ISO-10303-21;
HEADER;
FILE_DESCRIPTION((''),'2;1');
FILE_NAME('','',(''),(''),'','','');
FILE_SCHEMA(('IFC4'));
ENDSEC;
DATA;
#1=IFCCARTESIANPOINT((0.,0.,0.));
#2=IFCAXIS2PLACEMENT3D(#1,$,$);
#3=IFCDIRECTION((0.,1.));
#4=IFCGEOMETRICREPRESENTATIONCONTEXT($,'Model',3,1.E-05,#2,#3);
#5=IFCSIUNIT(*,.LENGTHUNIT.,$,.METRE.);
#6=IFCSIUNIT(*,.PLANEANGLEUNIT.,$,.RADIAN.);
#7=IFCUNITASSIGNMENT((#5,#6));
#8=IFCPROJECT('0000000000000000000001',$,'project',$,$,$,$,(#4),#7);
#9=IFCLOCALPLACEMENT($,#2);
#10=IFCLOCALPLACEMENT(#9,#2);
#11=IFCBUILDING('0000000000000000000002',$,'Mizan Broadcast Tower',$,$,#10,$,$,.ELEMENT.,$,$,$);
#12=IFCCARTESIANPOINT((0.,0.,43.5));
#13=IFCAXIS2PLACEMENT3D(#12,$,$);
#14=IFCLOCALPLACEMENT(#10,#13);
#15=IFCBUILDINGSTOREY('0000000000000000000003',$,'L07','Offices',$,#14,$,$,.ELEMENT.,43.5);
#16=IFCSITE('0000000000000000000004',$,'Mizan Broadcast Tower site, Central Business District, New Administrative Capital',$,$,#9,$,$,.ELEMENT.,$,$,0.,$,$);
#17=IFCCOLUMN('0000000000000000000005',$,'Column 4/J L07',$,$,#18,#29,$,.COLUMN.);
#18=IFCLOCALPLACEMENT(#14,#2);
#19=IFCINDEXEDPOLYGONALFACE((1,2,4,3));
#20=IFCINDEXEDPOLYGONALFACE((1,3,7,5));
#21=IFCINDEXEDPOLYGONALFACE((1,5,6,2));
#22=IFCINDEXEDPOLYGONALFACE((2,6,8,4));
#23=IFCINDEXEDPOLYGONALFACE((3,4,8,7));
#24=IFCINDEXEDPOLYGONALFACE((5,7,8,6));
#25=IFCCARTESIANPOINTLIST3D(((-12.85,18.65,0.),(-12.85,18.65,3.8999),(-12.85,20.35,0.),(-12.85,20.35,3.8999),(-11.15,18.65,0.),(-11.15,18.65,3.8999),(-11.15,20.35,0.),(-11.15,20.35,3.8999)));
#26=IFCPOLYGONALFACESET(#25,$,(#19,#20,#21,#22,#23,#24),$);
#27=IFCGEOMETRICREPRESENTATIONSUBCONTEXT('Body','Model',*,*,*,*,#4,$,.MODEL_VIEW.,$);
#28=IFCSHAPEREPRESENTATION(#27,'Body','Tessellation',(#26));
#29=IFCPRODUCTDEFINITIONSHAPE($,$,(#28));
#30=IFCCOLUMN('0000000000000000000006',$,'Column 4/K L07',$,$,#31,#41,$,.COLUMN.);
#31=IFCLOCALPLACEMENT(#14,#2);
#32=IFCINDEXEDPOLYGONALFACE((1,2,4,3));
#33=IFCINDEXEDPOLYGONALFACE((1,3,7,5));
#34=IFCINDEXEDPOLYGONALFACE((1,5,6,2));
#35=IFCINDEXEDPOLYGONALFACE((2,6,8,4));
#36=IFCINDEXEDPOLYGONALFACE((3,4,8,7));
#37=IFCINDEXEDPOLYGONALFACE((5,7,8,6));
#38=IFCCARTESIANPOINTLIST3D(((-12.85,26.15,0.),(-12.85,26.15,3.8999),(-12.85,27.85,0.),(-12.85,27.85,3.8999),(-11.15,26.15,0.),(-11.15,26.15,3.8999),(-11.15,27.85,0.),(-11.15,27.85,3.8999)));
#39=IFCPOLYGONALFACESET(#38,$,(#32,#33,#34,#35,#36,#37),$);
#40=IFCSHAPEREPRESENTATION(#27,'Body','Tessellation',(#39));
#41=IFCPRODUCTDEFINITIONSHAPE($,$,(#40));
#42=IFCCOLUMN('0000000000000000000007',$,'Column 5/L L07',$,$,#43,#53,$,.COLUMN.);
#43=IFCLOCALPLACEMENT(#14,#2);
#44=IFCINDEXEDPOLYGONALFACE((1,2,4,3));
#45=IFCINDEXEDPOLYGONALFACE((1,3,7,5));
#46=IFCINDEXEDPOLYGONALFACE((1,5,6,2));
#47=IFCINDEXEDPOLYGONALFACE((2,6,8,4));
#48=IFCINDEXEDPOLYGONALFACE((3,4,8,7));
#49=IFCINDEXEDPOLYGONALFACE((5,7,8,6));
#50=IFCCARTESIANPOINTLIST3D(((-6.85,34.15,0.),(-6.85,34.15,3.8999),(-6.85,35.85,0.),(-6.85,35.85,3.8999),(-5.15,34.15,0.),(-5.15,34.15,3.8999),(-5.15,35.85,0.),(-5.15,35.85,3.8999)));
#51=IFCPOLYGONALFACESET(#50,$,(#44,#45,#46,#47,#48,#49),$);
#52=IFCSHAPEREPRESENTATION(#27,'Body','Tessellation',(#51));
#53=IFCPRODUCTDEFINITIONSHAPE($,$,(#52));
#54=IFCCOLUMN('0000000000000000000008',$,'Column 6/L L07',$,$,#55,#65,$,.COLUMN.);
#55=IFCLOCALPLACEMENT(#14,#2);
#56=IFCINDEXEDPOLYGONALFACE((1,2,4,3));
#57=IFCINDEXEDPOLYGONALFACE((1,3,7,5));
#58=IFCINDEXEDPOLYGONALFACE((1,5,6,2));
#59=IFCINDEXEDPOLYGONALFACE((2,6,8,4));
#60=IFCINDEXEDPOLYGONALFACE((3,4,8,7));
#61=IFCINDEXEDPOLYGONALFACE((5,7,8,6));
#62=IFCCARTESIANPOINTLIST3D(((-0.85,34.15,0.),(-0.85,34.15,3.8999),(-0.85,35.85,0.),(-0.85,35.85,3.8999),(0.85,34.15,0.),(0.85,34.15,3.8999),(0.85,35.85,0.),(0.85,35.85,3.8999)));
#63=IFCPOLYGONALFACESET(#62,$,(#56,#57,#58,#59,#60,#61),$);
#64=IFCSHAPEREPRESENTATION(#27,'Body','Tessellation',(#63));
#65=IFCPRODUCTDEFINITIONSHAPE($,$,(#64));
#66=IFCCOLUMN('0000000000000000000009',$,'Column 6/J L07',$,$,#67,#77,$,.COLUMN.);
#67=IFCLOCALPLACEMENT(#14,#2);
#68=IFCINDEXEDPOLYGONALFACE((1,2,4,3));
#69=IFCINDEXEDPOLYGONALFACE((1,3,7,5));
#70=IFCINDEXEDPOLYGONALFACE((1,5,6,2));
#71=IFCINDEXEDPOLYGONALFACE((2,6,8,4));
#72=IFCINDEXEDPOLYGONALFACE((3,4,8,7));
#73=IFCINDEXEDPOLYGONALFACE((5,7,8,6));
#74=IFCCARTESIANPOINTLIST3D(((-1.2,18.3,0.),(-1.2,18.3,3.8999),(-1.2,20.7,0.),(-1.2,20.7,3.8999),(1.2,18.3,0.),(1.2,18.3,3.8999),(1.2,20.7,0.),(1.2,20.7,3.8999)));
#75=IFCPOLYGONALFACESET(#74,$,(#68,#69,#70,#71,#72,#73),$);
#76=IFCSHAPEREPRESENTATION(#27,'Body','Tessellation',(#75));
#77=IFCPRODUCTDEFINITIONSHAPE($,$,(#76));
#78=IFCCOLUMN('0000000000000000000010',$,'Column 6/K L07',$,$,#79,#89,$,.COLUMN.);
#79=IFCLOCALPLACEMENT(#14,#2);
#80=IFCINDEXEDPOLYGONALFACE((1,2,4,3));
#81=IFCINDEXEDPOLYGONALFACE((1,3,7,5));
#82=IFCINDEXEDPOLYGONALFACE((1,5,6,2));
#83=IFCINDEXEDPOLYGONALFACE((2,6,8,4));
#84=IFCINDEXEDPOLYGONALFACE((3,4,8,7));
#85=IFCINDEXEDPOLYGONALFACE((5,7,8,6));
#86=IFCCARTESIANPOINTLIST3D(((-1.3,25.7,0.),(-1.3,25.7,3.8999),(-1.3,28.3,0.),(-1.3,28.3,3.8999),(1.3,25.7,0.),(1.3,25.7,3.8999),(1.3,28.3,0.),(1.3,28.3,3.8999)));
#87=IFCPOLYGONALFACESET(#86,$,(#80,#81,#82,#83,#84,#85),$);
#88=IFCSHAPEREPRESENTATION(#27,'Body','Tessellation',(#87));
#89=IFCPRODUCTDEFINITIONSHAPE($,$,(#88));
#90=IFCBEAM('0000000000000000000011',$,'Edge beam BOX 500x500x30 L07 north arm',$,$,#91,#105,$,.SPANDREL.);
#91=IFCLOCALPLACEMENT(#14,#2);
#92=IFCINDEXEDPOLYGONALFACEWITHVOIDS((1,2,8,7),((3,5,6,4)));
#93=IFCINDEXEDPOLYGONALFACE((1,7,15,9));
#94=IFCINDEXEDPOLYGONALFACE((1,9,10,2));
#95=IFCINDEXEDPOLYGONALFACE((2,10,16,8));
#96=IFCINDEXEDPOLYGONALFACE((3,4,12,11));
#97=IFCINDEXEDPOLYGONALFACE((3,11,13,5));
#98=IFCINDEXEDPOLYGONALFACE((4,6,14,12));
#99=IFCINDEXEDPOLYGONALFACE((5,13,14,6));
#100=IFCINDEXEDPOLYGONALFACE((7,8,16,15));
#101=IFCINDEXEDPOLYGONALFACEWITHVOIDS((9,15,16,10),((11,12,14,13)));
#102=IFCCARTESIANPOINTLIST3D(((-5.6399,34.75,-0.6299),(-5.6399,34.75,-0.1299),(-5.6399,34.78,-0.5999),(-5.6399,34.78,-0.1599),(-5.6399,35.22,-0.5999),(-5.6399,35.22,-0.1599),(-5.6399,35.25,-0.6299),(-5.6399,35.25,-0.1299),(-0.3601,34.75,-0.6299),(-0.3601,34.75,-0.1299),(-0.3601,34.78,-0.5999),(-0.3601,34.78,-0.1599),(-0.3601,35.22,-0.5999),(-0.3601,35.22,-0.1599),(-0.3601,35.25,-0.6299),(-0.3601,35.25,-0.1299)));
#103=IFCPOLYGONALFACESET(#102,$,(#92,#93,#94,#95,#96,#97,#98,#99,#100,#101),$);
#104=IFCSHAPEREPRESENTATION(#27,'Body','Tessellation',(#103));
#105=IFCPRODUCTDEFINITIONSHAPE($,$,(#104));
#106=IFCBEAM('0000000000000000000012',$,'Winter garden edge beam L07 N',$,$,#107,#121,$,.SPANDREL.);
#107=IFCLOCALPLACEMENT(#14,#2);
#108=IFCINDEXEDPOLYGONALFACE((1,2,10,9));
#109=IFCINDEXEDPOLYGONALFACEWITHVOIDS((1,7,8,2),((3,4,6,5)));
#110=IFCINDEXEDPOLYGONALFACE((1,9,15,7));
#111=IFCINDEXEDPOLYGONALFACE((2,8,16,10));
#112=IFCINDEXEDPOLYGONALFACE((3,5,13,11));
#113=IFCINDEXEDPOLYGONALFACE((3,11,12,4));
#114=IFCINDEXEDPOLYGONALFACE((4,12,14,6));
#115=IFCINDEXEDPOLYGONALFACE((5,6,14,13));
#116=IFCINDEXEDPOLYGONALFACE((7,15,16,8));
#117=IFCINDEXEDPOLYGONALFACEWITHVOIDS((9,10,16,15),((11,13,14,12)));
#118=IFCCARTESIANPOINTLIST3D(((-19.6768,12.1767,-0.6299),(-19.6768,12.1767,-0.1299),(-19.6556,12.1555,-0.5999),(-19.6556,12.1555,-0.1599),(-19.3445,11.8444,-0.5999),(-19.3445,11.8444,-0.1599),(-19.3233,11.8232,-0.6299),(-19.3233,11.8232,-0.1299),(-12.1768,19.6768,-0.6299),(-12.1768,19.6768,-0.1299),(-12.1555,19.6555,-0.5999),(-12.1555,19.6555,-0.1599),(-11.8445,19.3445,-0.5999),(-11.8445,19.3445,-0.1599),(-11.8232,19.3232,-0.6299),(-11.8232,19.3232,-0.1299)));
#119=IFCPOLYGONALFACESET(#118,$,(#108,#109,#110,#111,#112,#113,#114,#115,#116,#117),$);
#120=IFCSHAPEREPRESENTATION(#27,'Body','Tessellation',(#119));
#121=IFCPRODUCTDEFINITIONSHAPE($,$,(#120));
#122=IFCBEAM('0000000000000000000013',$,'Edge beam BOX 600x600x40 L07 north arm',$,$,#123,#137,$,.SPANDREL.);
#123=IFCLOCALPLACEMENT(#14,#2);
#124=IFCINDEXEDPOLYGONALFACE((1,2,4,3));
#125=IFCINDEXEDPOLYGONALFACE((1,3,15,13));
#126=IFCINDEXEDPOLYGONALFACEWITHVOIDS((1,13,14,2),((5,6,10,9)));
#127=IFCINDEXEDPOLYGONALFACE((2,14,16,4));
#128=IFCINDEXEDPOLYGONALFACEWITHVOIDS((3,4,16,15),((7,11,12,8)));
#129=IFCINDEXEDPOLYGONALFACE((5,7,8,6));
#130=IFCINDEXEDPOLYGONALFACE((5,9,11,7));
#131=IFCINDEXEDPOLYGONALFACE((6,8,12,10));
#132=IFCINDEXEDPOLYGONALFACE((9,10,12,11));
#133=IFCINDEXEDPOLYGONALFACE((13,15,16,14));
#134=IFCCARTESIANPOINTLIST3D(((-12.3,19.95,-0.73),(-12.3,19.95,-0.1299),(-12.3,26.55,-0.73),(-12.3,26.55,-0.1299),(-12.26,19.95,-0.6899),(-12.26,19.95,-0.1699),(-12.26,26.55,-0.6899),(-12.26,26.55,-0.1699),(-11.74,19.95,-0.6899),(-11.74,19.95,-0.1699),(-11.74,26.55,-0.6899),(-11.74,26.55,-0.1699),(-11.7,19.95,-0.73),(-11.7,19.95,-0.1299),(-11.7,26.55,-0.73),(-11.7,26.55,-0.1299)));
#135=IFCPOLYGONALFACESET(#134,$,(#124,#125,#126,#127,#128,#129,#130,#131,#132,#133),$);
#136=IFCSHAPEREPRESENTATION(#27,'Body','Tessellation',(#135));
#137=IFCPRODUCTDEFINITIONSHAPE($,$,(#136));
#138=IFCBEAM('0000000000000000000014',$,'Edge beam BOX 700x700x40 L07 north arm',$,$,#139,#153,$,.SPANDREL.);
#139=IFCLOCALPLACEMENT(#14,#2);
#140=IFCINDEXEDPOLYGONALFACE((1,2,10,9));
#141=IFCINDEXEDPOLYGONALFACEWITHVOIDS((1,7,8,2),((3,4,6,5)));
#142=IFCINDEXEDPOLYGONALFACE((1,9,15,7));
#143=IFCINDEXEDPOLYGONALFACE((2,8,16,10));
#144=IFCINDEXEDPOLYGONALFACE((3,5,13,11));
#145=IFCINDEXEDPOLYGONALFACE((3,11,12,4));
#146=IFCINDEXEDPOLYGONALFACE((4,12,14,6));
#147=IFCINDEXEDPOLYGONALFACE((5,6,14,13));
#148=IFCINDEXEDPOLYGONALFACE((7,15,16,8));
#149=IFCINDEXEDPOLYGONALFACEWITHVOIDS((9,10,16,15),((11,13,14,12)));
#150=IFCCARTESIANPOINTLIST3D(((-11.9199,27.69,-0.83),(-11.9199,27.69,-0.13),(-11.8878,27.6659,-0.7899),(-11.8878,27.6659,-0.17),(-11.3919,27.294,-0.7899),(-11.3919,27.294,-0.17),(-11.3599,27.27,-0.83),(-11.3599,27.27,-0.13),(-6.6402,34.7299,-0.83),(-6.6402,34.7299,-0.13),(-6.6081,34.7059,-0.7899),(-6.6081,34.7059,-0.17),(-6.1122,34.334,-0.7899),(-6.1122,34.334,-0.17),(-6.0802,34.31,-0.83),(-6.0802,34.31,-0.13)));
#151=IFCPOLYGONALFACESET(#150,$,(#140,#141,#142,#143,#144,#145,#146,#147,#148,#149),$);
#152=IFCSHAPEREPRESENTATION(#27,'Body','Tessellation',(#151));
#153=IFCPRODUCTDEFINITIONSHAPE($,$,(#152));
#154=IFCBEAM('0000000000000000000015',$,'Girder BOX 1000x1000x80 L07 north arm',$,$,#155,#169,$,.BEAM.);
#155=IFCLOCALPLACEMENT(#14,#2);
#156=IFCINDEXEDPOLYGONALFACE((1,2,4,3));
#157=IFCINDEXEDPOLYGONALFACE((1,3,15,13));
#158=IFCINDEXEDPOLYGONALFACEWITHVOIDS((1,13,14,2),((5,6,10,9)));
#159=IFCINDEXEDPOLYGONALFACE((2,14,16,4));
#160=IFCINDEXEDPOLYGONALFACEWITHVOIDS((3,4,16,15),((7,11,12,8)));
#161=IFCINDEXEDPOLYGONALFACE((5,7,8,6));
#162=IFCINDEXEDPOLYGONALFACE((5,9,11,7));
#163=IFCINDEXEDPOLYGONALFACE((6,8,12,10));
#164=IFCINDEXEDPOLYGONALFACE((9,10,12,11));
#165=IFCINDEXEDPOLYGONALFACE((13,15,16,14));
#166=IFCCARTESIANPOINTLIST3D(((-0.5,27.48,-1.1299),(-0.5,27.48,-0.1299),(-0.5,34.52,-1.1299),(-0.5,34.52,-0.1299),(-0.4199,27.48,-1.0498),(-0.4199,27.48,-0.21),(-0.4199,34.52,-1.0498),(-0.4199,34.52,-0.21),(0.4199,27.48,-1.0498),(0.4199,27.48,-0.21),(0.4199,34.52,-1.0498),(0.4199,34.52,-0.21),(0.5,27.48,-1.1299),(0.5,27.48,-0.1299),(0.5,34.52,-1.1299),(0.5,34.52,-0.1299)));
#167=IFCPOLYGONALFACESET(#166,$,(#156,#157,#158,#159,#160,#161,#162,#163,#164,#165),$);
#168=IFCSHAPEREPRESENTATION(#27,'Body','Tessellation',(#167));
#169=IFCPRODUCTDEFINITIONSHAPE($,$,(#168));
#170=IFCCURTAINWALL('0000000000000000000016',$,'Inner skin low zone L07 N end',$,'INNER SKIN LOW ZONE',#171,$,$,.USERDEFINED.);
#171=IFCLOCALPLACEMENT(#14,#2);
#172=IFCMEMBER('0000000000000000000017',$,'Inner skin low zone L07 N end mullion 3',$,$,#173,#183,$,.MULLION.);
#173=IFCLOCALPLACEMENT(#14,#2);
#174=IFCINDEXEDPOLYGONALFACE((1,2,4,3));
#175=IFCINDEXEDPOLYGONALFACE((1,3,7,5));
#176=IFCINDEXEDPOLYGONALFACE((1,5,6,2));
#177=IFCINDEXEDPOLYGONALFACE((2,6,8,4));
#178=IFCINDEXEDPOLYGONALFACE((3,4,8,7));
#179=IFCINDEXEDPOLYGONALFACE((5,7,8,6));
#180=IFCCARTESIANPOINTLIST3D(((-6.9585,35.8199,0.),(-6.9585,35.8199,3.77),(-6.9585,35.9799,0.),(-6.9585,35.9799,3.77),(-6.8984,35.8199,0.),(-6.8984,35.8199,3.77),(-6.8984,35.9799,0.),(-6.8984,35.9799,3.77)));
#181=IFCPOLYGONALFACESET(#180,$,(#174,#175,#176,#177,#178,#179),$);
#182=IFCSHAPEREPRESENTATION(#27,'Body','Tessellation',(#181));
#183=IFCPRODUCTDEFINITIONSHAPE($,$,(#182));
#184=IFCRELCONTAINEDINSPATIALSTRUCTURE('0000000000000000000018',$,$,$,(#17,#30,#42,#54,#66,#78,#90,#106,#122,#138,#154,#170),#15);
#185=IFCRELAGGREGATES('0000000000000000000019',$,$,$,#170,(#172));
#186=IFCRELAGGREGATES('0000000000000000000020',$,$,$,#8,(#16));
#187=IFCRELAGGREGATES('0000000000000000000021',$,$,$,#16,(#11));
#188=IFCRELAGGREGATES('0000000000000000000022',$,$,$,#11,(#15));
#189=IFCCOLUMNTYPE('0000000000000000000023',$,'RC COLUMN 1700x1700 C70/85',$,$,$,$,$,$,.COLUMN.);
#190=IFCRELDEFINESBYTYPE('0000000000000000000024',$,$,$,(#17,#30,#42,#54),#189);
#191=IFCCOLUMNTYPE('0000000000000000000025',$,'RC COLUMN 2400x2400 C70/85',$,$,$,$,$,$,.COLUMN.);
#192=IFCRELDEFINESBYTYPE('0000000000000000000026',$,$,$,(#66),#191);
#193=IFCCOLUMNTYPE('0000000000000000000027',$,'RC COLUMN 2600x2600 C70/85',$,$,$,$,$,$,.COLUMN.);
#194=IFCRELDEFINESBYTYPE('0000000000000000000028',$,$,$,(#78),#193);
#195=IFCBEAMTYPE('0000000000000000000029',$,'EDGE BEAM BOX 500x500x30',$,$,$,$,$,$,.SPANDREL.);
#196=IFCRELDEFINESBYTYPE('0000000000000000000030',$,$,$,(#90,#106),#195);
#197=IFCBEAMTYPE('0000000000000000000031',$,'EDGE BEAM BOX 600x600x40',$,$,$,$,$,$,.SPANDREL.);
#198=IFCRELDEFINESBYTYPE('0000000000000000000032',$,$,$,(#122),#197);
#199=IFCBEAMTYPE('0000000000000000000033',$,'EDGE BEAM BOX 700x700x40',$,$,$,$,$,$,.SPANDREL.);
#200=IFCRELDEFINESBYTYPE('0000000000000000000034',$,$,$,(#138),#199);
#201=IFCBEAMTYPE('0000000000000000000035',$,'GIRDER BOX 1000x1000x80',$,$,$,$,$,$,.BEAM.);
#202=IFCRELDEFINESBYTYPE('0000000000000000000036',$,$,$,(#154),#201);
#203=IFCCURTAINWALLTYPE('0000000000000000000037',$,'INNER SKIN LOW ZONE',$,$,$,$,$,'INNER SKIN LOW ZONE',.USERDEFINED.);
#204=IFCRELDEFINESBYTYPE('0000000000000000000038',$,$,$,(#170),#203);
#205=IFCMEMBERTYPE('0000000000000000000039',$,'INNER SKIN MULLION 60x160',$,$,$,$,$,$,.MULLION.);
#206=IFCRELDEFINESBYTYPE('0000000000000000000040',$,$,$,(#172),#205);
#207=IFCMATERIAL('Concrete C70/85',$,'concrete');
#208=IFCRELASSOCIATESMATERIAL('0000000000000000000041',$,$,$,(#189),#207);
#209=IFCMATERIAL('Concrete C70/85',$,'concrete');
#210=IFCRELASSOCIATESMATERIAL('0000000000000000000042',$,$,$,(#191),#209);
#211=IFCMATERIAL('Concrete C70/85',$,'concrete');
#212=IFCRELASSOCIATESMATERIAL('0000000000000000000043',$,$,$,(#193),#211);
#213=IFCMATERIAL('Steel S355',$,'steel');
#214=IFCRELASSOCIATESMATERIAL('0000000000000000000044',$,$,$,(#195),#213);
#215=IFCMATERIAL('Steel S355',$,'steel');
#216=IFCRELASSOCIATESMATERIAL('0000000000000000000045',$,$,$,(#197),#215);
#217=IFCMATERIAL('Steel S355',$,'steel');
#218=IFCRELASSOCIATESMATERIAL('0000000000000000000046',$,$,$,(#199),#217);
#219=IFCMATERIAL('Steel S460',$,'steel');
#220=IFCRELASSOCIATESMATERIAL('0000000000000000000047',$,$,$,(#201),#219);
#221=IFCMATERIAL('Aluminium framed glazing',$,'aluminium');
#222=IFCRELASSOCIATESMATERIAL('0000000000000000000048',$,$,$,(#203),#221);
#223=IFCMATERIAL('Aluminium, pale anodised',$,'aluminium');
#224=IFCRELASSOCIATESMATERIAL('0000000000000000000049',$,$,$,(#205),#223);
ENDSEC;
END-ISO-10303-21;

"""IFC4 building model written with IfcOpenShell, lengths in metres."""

from ifc_helpers import new_model, si_unit, direction, frame, origin, origin_2d, place, context, subcontext, project, spatial, rectangle, hollow_rectangle, extrude, material, material_profile, profile_set, type_object, element, aggregate, save


model = new_model("IFC4")

# Units and contexts
model_context = context("Model", 3, precision=1e-05, world=origin(), true_north=direction((0.0, 1.0)))
body_context = subcontext(model_context, "Body", "Model", "MODEL_VIEW")
ifc_project = project(units=[si_unit("LENGTHUNIT", "METRE"), si_unit("PLANEANGLEUNIT", "RADIAN")], contexts=[model_context])

# Site, building, storey
site_placement = place(None, origin())
site = spatial("IfcSite", under=ifc_project, at=site_placement, Name="Mizan Broadcast Tower site, Central Business District, New Administrative Capital", CompositionType="ELEMENT", RefElevation=0.0)
building_placement = place(site_placement, origin())
building = spatial("IfcBuilding", under=site, at=building_placement, Name="Mizan Broadcast Tower", CompositionType="ELEMENT")
storey_placement = place(building_placement, frame((0.0, 0.0, 43.5)))
storey = spatial("IfcBuildingStorey", under=building, at=storey_placement, Name="L07", Description="Offices", CompositionType="ELEMENT", Elevation=43.5)

# Columns
ifc_material_1 = material(Name="Concrete C70/85", Category="concrete")
ifc_material_profile_1 = material_profile(ifc_material_1, rectangle(XDim=1.7, YDim=1.7, at=origin_2d()), Name="RC 1700x1700")
ifc_profile_set_1 = profile_set([ifc_material_profile_1], Name="Concrete C70/85")
column_type_1 = type_object("IfcColumnType", Name="RC COLUMN 1700x1700 C70/85", PredefinedType="COLUMN", material=ifc_profile_set_1)
for number, where, z_axis, x_axis, name in (
    (1, (-12.0, 19.5, 0.0), (0.0, 0.0, 1.0), (1.0, 0.0, 0.0), "Column 4/J L07"),
    (2, (-12.0, 27.0, 0.0), (0.0, 0.0, 1.0), (1.0, 0.0, 0.0), "Column 4/K L07"),
    (3, (-6.0, 35.0, 0.0), (0.0, 0.0, 1.0), (1.0, 0.0, 0.0), "Column 5/L L07"),
    (4, (0.0, 35.0, 0.0), (0.0, 0.0, 1.0), (1.0, 0.0, 0.0), "Column 6/L L07"),
):
    element("IfcColumn", number, at=place(storey_placement, frame(where, z_axis=z_axis, x_axis=x_axis)), inside=storey, type_object=column_type_1, Name=name, PredefinedType="COLUMN", context=body_context, shape_type="SweptSolid", body=[
        extrude(rectangle(XDim=1.7, YDim=1.7, at=origin_2d()), origin(), (0.0, 0.0, 1.0), 3.8999),
    ])
ifc_material_2 = material(Name="Concrete C70/85", Category="concrete")
ifc_material_profile_2 = material_profile(ifc_material_2, rectangle(XDim=2.3999, YDim=2.3999, at=origin_2d()), Name="RC 2400x2400")
ifc_profile_set_2 = profile_set([ifc_material_profile_2], Name="Concrete C70/85")
column_type_2 = type_object("IfcColumnType", Name="RC COLUMN 2400x2400 C70/85", PredefinedType="COLUMN", material=ifc_profile_set_2)
column_1_placement = place(storey_placement, frame((0.0, 19.5, 0.0), z_axis=(0.0, 0.0, 1.0), x_axis=(1.0, 0.0, 0.0)))
element("IfcColumn", 5, at=column_1_placement, inside=storey, type_object=column_type_2, Name="Column 6/J L07", PredefinedType="COLUMN", context=body_context, shape_type="SweptSolid", body=[
    extrude(rectangle(XDim=2.3999, YDim=2.3999, at=origin_2d()), origin(), (0.0, 0.0, 1.0), 3.8999),
])
ifc_material_3 = material(Name="Concrete C70/85", Category="concrete")
ifc_material_profile_3 = material_profile(ifc_material_3, rectangle(XDim=2.6001, YDim=2.6001, at=origin_2d()), Name="RC 2600x2600")
ifc_profile_set_3 = profile_set([ifc_material_profile_3], Name="Concrete C70/85")
column_type_3 = type_object("IfcColumnType", Name="RC COLUMN 2600x2600 C70/85", PredefinedType="COLUMN", material=ifc_profile_set_3)
column_2_placement = place(storey_placement, frame((0.0, 27.0, 0.0), z_axis=(0.0, 0.0, 1.0), x_axis=(1.0, 0.0, 0.0)))
element("IfcColumn", 6, at=column_2_placement, inside=storey, type_object=column_type_3, Name="Column 6/K L07", PredefinedType="COLUMN", context=body_context, shape_type="SweptSolid", body=[
    extrude(rectangle(XDim=2.6001, YDim=2.6001, at=origin_2d()), origin(), (0.0, 0.0, 1.0), 3.8999),
])

# Beams
ifc_material_4 = material(Name="Steel S355", Category="steel")
ifc_material_profile_4 = material_profile(ifc_material_4, hollow_rectangle(XDim=0.5, YDim=0.5, WallThickness=0.03, at=origin_2d()), Name="BOX 500x500x30")
ifc_profile_set_4 = profile_set([ifc_material_profile_4], Name="Steel S355")
beam_type_1 = type_object("IfcBeamType", Name="EDGE BEAM BOX 500x500x30", PredefinedType="SPANDREL", material=ifc_profile_set_4)
beam_1_placement = place(storey_placement, frame((-5.6399, 35.0, -0.3799), z_axis=(1.0, 0.0, 0.0), x_axis=(0.0, 1.0, 0.0)))
element("IfcBeam", 7, at=beam_1_placement, inside=storey, type_object=beam_type_1, Name="Edge beam BOX 500x500x30 L07 north arm", PredefinedType="SPANDREL", context=body_context, shape_type="SweptSolid", body=[
    extrude(hollow_rectangle(XDim=0.5, YDim=0.5, WallThickness=0.03, at=origin_2d()), origin(), (0.0, 0.0, 1.0), 5.2798),
])
beam_2_placement = place(storey_placement, frame((-12.0, 19.5, -0.3799), z_axis=(-0.707107, -0.707107, 0.0), x_axis=(0.707107, -0.707107, 0.0)))
element("IfcBeam", 8, at=beam_2_placement, inside=storey, type_object=beam_type_1, Name="Winter garden edge beam L07 N", PredefinedType="SPANDREL", context=body_context, shape_type="SweptSolid", body=[
    extrude(hollow_rectangle(XDim=0.5, YDim=0.5, WallThickness=0.03, at=origin_2d()), origin(), (0.0, 0.0, 1.0), 10.6067),
])
ifc_material_5 = material(Name="Steel S355", Category="steel")
ifc_material_profile_5 = material_profile(ifc_material_5, hollow_rectangle(XDim=0.6001, YDim=0.6001, WallThickness=0.04, at=origin_2d()), Name="BOX 600x600x40")
ifc_profile_set_5 = profile_set([ifc_material_profile_5], Name="Steel S355")
beam_type_2 = type_object("IfcBeamType", Name="EDGE BEAM BOX 600x600x40", PredefinedType="SPANDREL", material=ifc_profile_set_5)
beam_3_placement = place(storey_placement, frame((-12.0, 19.95, -0.4299), z_axis=(0.0, 1.0, 0.0), x_axis=(-1.0, 0.0, 0.0)))
element("IfcBeam", 9, at=beam_3_placement, inside=storey, type_object=beam_type_2, Name="Edge beam BOX 600x600x40 L07 north arm", PredefinedType="SPANDREL", context=body_context, shape_type="SweptSolid", body=[
    extrude(hollow_rectangle(XDim=0.6001, YDim=0.6001, WallThickness=0.04, at=origin_2d()), origin(), (0.0, 0.0, 1.0), 6.6001),
])
ifc_material_6 = material(Name="Steel S355", Category="steel")
ifc_material_profile_6 = material_profile(ifc_material_6, hollow_rectangle(XDim=0.7, YDim=0.7, WallThickness=0.04, at=origin_2d()), Name="BOX 700x700x40")
ifc_profile_set_6 = profile_set([ifc_material_profile_6], Name="Steel S355")
beam_type_3 = type_object("IfcBeamType", Name="EDGE BEAM BOX 700x700x40", PredefinedType="SPANDREL", material=ifc_profile_set_6)
beam_4_placement = place(storey_placement, frame((-11.6399, 27.48, -0.48), z_axis=(0.599982, 0.800013, 0.0), x_axis=(-0.800013, 0.599982, 0.0)))
element("IfcBeam", 10, at=beam_4_placement, inside=storey, type_object=beam_type_3, Name="Edge beam BOX 700x700x40 L07 north arm", PredefinedType="SPANDREL", context=body_context, shape_type="SweptSolid", body=[
    extrude(hollow_rectangle(XDim=0.7, YDim=0.7, WallThickness=0.04, at=origin_2d()), origin(), (0.0, 0.0, 1.0), 8.7998),
])
ifc_material_7 = material(Name="Steel S460", Category="steel")
ifc_material_profile_7 = material_profile(ifc_material_7, hollow_rectangle(XDim=1.0, YDim=1.0, WallThickness=0.0801, at=origin_2d()), Name="BOX 1000x1000x80")
ifc_profile_set_7 = profile_set([ifc_material_profile_7], Name="Steel S460")
beam_type_4 = type_object("IfcBeamType", Name="GIRDER BOX 1000x1000x80", PredefinedType="BEAM", material=ifc_profile_set_7)
beam_5_placement = place(storey_placement, frame((0.0, 27.48, -0.6299), z_axis=(0.0, 1.0, 0.0), x_axis=(-1.0, 0.0, 0.0)))
element("IfcBeam", 11, at=beam_5_placement, inside=storey, type_object=beam_type_4, Name="Girder BOX 1000x1000x80 L07 north arm", PredefinedType="BEAM", context=body_context, shape_type="SweptSolid", body=[
    extrude(hollow_rectangle(XDim=1.0, YDim=1.0, WallThickness=0.0801, at=origin_2d()), origin(), (0.0, 0.0, 1.0), 7.04),
])

# Curtain wall, member
ifc_material_8 = material(Name="Aluminium framed glazing", Category="aluminium")
curtain_wall_type_1 = type_object("IfcCurtainWallType", Name="INNER SKIN LOW ZONE", ElementType="INNER SKIN LOW ZONE", PredefinedType="USERDEFINED", material=ifc_material_8)
curtain_wall_1_placement = place(storey_placement, origin())
curtain_wall_1 = element("IfcCurtainWall", 12, at=curtain_wall_1_placement, inside=storey, type_object=curtain_wall_type_1, Name="Inner skin low zone L07 N end", ObjectType="INNER SKIN LOW ZONE", PredefinedType="USERDEFINED")
ifc_material_9 = material(Name="Aluminium, pale anodised", Category="aluminium")
ifc_material_profile_8 = material_profile(ifc_material_9, rectangle(XDim=0.1599, YDim=0.0601, at=origin_2d()), Name="MULLION 160x60")
ifc_profile_set_8 = profile_set([ifc_material_profile_8], Name="Aluminium, pale anodised")
member_type_1 = type_object("IfcMemberType", Name="INNER SKIN MULLION 60x160", PredefinedType="MULLION", material=ifc_profile_set_8)
member_1_placement = place(storey_placement, frame((-6.9285, 35.8999, 0.0), z_axis=(0.0, 0.0, 1.0), x_axis=(0.0, -1.0, 0.0)))
member_1 = element("IfcMember", 13, at=member_1_placement, type_object=member_type_1, Name="Inner skin low zone L07 N end mullion 3", PredefinedType="MULLION", context=body_context, shape_type="SweptSolid", body=[
    extrude(rectangle(XDim=0.1599, YDim=0.0601, at=origin_2d()), origin(), (0.0, 0.0, 1.0), 3.77),
])

aggregate(curtain_wall_1, [member_1])

save(model, "model.ifc")
